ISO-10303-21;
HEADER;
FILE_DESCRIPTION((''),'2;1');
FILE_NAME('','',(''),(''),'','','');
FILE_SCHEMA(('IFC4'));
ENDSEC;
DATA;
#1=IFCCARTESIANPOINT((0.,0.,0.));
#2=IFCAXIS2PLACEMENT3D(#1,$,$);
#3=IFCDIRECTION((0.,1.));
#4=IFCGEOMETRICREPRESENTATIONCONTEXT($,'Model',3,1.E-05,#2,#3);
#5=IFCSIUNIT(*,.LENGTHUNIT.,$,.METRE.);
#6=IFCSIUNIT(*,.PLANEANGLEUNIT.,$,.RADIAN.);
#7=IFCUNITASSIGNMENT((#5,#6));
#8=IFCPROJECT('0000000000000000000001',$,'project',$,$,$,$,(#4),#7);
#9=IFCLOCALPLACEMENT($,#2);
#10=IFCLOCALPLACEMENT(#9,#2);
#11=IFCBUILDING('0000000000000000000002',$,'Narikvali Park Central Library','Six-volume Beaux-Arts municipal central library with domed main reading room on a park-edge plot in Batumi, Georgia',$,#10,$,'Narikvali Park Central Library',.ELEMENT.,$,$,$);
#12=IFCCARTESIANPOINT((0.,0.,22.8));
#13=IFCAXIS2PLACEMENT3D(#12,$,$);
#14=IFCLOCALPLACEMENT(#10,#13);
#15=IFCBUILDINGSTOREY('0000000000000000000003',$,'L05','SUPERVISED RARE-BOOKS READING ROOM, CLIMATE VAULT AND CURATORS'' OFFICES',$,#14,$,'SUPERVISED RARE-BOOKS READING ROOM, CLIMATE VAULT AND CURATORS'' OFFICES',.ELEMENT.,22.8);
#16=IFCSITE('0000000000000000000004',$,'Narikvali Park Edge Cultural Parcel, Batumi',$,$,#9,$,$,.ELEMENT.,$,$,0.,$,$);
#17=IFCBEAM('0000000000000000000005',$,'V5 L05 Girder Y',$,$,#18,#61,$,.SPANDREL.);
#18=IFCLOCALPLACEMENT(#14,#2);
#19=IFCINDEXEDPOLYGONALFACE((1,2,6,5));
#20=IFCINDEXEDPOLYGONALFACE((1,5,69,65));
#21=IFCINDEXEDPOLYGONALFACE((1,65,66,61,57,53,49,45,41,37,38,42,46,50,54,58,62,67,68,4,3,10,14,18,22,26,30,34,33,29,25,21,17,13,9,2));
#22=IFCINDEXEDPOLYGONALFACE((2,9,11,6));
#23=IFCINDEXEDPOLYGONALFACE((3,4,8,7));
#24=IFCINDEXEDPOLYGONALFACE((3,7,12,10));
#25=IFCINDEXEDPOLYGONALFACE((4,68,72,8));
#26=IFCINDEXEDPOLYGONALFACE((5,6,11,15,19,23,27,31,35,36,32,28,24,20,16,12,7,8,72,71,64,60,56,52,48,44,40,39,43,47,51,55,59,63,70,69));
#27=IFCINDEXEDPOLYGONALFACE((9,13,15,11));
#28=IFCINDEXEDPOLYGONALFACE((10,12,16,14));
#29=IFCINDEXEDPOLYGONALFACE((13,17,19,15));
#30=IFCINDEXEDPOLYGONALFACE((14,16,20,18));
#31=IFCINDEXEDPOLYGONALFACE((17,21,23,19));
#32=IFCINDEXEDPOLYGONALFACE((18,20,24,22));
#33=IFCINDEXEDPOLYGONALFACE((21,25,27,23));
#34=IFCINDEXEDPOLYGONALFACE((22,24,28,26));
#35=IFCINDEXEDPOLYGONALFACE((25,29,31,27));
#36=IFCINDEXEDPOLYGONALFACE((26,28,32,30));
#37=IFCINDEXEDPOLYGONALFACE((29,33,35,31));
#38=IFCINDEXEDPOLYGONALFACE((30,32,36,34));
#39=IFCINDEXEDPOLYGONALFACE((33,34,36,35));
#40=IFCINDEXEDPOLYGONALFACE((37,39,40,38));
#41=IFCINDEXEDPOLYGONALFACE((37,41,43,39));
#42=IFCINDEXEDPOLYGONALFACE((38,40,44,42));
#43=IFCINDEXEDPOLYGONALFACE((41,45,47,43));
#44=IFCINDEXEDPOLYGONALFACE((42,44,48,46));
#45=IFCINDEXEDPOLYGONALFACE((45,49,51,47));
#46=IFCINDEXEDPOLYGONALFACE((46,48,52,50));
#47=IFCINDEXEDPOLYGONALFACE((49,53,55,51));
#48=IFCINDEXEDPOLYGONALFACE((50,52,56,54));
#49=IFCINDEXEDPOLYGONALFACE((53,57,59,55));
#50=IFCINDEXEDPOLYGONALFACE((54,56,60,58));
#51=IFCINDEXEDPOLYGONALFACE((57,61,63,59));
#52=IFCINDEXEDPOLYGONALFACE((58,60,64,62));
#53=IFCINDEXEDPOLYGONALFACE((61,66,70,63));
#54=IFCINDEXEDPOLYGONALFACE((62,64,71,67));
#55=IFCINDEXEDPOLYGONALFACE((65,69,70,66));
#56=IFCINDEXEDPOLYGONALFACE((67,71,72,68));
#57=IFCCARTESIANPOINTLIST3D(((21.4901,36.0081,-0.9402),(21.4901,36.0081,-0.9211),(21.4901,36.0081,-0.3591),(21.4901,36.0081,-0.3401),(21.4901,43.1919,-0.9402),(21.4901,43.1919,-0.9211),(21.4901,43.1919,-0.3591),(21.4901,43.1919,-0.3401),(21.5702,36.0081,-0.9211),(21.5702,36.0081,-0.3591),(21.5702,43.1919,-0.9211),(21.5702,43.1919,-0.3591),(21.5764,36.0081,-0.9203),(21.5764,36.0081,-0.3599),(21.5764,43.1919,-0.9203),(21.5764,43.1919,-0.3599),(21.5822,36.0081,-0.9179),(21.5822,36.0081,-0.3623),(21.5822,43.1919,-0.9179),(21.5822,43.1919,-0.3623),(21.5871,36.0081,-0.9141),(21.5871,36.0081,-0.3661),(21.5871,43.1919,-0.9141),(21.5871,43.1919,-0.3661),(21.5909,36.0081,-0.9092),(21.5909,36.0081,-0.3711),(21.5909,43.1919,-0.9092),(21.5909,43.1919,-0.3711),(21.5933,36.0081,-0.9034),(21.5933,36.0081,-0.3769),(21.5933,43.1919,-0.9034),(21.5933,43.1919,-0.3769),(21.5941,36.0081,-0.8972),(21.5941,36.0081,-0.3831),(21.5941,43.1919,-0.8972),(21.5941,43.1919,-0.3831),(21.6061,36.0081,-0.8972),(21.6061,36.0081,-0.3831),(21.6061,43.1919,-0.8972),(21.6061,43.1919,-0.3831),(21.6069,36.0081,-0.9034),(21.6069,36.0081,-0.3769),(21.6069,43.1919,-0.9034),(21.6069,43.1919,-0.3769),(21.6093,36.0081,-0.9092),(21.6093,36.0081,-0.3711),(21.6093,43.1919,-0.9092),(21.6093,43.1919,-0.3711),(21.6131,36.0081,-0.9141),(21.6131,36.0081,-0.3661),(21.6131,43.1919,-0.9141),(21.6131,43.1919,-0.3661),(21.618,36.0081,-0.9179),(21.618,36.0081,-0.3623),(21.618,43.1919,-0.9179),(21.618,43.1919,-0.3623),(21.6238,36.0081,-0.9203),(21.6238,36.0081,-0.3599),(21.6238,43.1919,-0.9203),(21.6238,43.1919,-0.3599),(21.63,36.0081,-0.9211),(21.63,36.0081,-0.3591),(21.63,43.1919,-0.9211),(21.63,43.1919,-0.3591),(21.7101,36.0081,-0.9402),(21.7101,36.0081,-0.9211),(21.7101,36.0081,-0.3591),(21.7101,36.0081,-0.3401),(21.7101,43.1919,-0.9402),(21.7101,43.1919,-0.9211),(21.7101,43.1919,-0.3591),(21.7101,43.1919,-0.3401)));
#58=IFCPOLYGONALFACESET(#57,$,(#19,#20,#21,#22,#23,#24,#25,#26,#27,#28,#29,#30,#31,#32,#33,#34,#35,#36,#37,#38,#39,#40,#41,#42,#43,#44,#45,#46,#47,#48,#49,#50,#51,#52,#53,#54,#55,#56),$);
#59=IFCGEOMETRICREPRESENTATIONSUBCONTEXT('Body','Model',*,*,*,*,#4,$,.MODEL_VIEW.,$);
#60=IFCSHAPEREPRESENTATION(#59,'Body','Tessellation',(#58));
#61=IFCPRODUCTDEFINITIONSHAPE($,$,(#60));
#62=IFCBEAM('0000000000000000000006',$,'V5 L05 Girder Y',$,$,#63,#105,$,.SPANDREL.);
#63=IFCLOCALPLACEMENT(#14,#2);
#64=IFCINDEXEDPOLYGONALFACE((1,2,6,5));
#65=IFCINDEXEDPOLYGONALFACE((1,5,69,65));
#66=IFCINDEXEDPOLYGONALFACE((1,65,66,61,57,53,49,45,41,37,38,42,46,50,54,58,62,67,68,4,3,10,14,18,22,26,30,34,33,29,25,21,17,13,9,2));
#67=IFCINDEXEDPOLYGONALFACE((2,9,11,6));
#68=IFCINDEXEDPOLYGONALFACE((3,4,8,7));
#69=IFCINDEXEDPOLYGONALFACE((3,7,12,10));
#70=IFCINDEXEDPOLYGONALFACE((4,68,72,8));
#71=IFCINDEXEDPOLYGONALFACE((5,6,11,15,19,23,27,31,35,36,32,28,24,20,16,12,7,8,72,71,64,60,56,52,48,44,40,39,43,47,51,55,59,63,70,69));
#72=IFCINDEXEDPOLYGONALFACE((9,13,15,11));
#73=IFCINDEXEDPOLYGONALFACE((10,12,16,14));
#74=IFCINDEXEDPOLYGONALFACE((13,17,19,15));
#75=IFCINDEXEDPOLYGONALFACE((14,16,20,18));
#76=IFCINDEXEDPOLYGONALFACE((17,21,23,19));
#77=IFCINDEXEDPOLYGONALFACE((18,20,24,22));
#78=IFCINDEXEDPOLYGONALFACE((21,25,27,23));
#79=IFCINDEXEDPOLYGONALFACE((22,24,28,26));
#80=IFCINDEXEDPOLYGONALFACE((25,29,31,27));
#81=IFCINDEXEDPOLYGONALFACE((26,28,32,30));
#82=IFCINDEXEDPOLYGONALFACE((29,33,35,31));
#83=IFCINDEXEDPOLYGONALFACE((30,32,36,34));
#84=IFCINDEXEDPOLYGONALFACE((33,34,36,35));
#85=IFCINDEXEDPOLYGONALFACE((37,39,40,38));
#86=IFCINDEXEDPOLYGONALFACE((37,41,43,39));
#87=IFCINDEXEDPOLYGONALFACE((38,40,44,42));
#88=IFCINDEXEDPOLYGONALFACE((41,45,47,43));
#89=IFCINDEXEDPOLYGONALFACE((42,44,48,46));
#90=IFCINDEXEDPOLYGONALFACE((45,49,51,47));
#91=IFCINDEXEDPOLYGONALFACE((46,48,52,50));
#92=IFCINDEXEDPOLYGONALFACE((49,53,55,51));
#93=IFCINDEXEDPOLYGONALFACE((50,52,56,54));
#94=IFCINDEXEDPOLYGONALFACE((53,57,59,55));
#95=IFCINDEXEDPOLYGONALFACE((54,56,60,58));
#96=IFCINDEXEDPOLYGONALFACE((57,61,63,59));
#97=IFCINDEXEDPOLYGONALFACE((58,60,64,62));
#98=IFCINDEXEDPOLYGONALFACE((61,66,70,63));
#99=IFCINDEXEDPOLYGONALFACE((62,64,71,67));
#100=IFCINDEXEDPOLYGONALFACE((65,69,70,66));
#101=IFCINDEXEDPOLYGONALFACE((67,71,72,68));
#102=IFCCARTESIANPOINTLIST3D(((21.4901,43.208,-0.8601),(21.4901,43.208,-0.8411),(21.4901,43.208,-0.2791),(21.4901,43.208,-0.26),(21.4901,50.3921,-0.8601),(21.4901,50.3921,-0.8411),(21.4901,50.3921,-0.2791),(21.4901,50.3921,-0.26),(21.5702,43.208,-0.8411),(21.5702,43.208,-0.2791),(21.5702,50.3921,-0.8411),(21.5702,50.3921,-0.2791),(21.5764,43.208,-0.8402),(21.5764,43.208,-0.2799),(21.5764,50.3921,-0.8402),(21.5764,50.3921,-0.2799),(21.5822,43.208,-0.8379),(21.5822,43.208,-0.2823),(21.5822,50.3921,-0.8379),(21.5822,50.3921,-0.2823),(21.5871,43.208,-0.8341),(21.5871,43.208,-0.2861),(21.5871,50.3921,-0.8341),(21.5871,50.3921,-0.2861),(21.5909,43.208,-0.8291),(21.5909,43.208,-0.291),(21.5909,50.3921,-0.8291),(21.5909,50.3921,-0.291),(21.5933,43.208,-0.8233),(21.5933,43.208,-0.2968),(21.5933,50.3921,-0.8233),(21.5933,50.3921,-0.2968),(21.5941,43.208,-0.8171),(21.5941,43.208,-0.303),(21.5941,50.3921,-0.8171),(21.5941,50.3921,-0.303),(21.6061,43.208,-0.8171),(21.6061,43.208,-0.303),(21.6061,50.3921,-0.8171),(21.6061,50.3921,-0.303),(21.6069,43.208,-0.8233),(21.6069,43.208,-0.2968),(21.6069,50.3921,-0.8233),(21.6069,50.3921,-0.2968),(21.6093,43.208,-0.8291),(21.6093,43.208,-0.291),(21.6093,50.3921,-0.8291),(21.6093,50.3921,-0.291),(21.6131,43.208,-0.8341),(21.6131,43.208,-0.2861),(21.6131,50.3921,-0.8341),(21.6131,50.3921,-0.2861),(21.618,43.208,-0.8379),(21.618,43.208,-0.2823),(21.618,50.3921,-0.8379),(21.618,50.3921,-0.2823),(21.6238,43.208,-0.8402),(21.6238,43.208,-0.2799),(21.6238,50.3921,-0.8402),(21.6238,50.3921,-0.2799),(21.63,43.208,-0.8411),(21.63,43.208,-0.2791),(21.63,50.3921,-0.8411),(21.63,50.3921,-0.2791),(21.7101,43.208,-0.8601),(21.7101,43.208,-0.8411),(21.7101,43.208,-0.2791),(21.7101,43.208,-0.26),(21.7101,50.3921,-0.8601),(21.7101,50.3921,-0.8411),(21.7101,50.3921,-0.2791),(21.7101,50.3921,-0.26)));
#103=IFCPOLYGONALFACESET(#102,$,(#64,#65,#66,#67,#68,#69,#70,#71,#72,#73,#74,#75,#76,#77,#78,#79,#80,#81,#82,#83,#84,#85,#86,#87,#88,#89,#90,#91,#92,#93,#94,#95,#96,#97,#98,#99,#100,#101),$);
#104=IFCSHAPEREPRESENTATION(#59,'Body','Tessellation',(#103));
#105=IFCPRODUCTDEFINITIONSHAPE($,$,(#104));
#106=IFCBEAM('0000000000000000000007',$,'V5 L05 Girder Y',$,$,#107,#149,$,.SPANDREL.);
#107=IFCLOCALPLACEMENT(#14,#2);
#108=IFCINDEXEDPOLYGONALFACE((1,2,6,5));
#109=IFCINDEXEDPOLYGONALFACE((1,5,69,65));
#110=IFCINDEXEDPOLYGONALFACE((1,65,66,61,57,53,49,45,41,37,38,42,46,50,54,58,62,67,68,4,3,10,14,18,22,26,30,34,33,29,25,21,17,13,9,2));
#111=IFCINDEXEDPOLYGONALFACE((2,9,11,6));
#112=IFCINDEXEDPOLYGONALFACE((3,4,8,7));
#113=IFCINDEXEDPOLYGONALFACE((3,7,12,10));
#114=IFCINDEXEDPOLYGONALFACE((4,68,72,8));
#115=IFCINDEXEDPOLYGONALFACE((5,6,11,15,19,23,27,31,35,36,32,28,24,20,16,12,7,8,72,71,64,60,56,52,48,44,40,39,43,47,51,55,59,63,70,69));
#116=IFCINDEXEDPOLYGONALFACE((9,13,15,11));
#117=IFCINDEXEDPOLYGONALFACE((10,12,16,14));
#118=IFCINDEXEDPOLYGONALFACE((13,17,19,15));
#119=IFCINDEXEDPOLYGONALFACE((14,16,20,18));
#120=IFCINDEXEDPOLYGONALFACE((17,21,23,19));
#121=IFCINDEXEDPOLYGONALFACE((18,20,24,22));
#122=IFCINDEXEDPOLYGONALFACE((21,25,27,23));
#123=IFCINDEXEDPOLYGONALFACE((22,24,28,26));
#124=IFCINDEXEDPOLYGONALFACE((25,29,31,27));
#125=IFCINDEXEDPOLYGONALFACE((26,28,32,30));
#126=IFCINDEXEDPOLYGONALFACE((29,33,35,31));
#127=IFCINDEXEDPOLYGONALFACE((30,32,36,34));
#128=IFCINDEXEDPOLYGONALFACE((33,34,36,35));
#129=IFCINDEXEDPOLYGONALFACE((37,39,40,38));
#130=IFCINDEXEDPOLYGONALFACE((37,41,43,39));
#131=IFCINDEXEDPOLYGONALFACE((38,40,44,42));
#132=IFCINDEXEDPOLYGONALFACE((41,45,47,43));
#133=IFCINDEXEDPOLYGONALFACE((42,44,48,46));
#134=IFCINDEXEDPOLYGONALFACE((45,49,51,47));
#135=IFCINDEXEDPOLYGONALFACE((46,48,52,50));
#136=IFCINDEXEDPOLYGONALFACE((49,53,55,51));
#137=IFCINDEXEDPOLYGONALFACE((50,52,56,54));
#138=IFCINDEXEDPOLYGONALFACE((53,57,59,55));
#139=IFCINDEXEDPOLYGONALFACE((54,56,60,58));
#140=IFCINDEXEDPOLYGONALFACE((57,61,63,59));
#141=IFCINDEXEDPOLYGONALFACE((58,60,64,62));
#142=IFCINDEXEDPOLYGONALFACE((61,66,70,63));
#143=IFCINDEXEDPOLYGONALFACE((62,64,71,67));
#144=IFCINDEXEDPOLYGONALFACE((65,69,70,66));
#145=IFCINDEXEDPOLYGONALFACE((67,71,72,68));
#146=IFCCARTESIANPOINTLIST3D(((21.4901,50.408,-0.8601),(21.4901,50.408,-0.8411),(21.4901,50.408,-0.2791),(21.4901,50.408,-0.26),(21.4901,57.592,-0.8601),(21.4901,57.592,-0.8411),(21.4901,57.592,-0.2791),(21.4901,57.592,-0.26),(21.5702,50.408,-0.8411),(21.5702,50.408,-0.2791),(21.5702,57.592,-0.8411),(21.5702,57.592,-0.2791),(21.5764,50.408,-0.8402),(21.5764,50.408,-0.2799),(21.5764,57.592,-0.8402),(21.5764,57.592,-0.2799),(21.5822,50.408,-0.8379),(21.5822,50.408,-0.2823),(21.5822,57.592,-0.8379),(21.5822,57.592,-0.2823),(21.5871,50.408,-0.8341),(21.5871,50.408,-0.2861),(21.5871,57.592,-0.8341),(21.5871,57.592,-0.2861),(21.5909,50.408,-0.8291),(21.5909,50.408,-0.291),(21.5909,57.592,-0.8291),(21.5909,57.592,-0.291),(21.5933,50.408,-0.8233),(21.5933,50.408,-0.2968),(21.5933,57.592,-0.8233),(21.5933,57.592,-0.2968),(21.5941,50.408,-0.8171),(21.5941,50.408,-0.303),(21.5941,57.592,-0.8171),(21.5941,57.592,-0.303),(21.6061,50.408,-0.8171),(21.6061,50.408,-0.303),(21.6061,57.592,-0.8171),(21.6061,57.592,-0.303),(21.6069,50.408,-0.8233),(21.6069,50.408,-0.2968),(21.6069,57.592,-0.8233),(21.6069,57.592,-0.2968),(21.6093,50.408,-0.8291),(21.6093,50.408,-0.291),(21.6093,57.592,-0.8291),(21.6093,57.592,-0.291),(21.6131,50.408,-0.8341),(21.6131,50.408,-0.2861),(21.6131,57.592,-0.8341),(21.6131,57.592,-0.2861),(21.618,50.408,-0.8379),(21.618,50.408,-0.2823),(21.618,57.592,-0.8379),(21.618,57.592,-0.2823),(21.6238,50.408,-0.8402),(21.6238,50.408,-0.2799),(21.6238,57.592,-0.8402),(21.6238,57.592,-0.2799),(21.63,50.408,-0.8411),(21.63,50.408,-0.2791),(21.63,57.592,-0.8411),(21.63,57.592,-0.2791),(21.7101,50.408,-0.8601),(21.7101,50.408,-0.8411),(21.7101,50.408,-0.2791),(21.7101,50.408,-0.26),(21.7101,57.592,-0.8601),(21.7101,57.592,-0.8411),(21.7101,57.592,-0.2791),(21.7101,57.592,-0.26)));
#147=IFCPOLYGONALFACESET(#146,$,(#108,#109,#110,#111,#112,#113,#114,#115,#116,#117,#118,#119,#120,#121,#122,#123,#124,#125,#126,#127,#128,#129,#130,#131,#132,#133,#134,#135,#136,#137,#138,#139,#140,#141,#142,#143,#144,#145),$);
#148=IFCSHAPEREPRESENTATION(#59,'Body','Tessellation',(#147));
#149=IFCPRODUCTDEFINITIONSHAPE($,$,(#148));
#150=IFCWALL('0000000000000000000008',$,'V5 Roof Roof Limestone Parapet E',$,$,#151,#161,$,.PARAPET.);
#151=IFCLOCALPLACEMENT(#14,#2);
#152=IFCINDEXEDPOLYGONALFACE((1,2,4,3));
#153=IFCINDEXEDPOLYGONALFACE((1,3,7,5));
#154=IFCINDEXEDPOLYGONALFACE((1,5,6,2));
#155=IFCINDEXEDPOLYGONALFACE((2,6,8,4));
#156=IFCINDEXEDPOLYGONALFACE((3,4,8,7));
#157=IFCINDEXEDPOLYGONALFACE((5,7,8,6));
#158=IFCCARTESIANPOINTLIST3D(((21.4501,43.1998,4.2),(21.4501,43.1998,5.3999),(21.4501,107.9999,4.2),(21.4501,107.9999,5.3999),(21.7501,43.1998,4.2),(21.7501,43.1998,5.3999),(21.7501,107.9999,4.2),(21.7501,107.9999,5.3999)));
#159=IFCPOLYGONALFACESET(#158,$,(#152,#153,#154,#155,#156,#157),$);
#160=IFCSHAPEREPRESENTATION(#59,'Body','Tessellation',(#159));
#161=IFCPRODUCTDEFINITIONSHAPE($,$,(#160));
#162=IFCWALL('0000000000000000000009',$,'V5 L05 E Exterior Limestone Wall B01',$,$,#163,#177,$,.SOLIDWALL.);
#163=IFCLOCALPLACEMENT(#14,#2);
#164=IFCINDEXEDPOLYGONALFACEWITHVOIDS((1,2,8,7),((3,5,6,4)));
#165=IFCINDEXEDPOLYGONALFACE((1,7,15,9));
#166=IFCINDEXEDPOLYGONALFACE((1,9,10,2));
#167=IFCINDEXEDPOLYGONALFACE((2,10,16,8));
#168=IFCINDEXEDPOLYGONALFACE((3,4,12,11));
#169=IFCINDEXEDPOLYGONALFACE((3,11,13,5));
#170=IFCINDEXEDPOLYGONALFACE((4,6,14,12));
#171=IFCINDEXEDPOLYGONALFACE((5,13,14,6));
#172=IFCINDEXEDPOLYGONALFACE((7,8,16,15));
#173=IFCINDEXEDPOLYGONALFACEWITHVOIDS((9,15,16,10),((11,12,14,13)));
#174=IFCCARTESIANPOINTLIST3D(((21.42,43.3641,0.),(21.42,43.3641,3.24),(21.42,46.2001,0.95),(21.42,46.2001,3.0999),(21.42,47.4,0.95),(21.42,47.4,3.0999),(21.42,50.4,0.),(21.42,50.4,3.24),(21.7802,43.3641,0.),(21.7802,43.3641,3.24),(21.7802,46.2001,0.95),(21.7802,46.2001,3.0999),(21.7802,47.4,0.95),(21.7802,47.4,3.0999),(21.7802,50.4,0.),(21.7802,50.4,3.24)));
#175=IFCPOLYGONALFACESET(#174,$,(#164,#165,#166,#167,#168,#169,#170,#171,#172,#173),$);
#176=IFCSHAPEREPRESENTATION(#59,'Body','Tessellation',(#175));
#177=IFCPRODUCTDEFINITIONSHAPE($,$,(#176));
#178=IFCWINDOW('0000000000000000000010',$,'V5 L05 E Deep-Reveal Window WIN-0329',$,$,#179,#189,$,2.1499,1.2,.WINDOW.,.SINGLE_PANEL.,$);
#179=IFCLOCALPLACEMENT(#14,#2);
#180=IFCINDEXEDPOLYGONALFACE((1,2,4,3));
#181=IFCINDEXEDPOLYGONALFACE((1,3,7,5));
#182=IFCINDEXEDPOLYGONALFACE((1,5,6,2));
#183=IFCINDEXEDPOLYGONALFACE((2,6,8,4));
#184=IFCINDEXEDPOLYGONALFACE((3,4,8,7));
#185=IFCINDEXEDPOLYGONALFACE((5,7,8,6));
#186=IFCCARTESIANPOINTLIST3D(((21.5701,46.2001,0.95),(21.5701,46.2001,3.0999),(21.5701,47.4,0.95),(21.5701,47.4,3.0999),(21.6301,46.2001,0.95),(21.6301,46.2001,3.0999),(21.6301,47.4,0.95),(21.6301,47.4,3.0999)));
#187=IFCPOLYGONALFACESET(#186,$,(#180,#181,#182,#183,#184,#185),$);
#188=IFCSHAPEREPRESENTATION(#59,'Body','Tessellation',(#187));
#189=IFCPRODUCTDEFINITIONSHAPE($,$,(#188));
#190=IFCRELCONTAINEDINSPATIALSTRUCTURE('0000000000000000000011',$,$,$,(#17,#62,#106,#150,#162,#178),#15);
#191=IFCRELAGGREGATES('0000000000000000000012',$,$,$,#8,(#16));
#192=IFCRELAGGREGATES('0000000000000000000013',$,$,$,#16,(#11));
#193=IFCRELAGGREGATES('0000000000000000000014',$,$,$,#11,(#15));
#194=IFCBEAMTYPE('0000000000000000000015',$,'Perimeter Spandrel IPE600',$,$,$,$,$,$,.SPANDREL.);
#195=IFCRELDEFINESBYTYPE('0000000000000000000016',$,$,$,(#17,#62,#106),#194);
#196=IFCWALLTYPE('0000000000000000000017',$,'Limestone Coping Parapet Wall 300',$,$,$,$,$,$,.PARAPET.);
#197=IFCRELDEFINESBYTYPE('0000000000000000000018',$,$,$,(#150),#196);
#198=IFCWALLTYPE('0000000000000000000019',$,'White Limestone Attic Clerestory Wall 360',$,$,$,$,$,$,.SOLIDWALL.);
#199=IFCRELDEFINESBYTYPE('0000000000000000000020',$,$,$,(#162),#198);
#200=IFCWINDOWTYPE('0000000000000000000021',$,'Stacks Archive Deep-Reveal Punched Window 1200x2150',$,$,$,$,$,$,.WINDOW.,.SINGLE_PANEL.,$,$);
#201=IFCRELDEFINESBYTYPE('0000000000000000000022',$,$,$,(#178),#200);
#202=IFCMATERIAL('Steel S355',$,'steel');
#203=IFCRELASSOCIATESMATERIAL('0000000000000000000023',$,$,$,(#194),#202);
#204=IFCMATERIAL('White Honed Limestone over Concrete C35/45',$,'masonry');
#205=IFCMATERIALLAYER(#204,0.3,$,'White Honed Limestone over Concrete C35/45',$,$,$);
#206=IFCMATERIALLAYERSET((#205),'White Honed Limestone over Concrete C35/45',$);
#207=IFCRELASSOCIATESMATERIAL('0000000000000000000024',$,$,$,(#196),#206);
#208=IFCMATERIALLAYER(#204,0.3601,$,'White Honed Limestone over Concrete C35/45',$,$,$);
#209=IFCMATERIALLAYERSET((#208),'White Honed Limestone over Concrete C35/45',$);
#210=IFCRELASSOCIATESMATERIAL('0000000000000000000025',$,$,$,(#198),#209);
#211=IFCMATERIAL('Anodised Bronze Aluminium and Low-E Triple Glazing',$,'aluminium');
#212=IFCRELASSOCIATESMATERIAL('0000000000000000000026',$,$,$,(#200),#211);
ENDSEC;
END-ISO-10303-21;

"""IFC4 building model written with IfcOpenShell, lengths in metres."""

from ifc_helpers import new_model, si_unit, direction, frame, frame_2d, origin, origin_2d, place, context, subcontext, project, spatial, rectangle, i_section, extrude, material, layer, layer_set, material_profile, profile_set, type_object, element, fill, save


model = new_model("IFC4")

# Units and contexts
model_context = context("Model", 3, precision=1e-05, world=origin(), true_north=direction((0.0, 1.0)))
body_context = subcontext(model_context, "Body", "Model", "MODEL_VIEW")
ifc_project = project(units=[si_unit("LENGTHUNIT", "METRE"), si_unit("PLANEANGLEUNIT", "RADIAN")], contexts=[model_context])

# Site, building, storey
site_placement = place(None, origin())
site = spatial("IfcSite", under=ifc_project, at=site_placement, Name="Narikvali Park Edge Cultural Parcel, Batumi", CompositionType="ELEMENT", RefElevation=0.0)
building_placement = place(site_placement, origin())
building = spatial("IfcBuilding", under=site, at=building_placement, Name="Narikvali Park Central Library", Description="Six-volume Beaux-Arts municipal central library with domed main reading room on a park-edge plot in Batumi, Georgia", LongName="Narikvali Park Central Library", CompositionType="ELEMENT")
storey_placement = place(building_placement, frame((0.0, 0.0, 22.8)))
storey = spatial("IfcBuildingStorey", under=building, at=storey_placement, Name="L05", Description="SUPERVISED RARE-BOOKS READING ROOM, CLIMATE VAULT AND CURATORS' OFFICES", LongName="SUPERVISED RARE-BOOKS READING ROOM, CLIMATE VAULT AND CURATORS' OFFICES", CompositionType="ELEMENT", Elevation=22.8)

# Shared definitions
ifc_material_1 = material(Name="Steel S355", Category="steel")

# Beams
ifc_material_profile_1 = material_profile(ifc_material_1, i_section(OverallWidth=0.22, OverallDepth=0.6001, WebThickness=0.012, FlangeThickness=0.019, FilletRadius=0.0239, at=origin_2d()), Name="IPE 600")
ifc_profile_set_1 = profile_set([ifc_material_profile_1], Name="Steel S355")
beam_type_1 = type_object("IfcBeamType", Name="Perimeter Spandrel IPE600", PredefinedType="SPANDREL", material=ifc_profile_set_1)
beam_1_placement = place(storey_placement, frame((21.6001, 36.0081, -0.6401), z_axis=(0.0, 1.0, 0.0), x_axis=(-1.0, 0.0, 0.0)))
element("IfcBeam", 1, at=beam_1_placement, inside=storey, type_object=beam_type_1, Name="V5 L05 Girder Y", PredefinedType="SPANDREL", context=body_context, shape_type="SweptSolid", body=[
    extrude(i_section(OverallWidth=0.22, OverallDepth=0.6001, WebThickness=0.012, FlangeThickness=0.019, FilletRadius=0.0239, at=origin_2d()), origin(), (0.0, 0.0, 1.0), 7.1838),
])
for number, where, z_axis, x_axis, name in (
    (2, (21.6001, 43.208, -0.5601), (0.0, 1.0, 0.0), (-1.0, 0.0, 0.0), "V5 L05 Girder Y"),
    (3, (21.6001, 50.408, -0.5601), (0.0, 1.0, 0.0), (-1.0, 0.0, 0.0), "V5 L05 Girder Y"),
):
    element("IfcBeam", number, at=place(storey_placement, frame(where, z_axis=z_axis, x_axis=x_axis)), inside=storey, type_object=beam_type_1, Name=name, PredefinedType="SPANDREL", context=body_context, shape_type="SweptSolid", body=[
        extrude(i_section(OverallWidth=0.22, OverallDepth=0.6001, WebThickness=0.012, FlangeThickness=0.019, FilletRadius=0.0239, at=origin_2d()), origin(), (0.0, 0.0, 1.0), 7.1841),
    ])

# Wall
ifc_material_2 = material(Name="White Honed Limestone over Concrete C35/45", Category="masonry")
ifc_layer_1 = layer(ifc_material_2, 0.3, Name="White Honed Limestone over Concrete C35/45")
ifc_layer_set_1 = layer_set([ifc_layer_1], Name="White Honed Limestone over Concrete C35/45")
wall_type_1 = type_object("IfcWallType", Name="Limestone Coping Parapet Wall 300", PredefinedType="PARAPET", material=ifc_layer_set_1)
wall_1_placement = place(storey_placement, frame((21.6001, 43.2, 4.2), z_axis=(0.0, 0.0, 1.0), x_axis=(0.0, 1.0, 0.0)))
element("IfcWall", 4, at=wall_1_placement, inside=storey, type_object=wall_type_1, Name="V5 Roof Roof Limestone Parapet E", PredefinedType="PARAPET", context=body_context, shape_type="SweptSolid", body=[
    extrude(rectangle(XDim=64.8, YDim=0.3, at=frame_2d((32.3999, 0.0))), origin(), (0.0, 0.0, 1.0), 1.2),
])

# Wall, opening, window
ifc_layer_2 = layer(ifc_material_2, 0.3601, Name="White Honed Limestone over Concrete C35/45")
ifc_layer_set_2 = layer_set([ifc_layer_2], Name="White Honed Limestone over Concrete C35/45")
wall_type_2 = type_object("IfcWallType", Name="White Limestone Attic Clerestory Wall 360", PredefinedType="SOLIDWALL", material=ifc_layer_set_2)
wall_2_placement = place(storey_placement, frame((21.6001, 43.364, 0.0), z_axis=(0.0, 0.0, 1.0), x_axis=(0.0, 1.0, 0.0)))
wall_2 = element("IfcWall", 5, at=wall_2_placement, inside=storey, type_object=wall_type_2, Name="V5 L05 E Exterior Limestone Wall B01", PredefinedType="SOLIDWALL", context=body_context, shape_type="SweptSolid", body=[
    extrude(rectangle(XDim=7.0359, YDim=0.3601, at=frame_2d((3.5181, 0.0))), origin(), (0.0, 0.0, 1.0), 3.24),
])
opening_1_placement = place(wall_2_placement, frame((2.8359, 0.0, 0.95)))
opening_1 = element("IfcOpeningElement", 6, at=opening_1_placement, cuts=wall_2, PredefinedType="OPENING", context=body_context, shape_type="SweptSolid", body=[
    extrude(rectangle(XDim=1.2, YDim=2.1499, at=frame_2d((0.6001, 1.075))), frame((0.0, 0.1919, 0.0), z_axis=(0.0, -1.0, 0.0), x_axis=(1.0, 0.0, 0.0)), (0.0, 0.0, 1.0), 0.384),
])
ifc_material_3 = material(Name="Anodised Bronze Aluminium and Low-E Triple Glazing", Category="aluminium")
window_type = type_object("IfcWindowType", Name="Stacks Archive Deep-Reveal Punched Window 1200x2150", PartitioningType="SINGLE_PANEL", PredefinedType="WINDOW", material=ifc_material_3)
window_1_placement = place(opening_1_placement, origin())
window_1 = element("IfcWindow", 7, at=window_1_placement, inside=storey, type_object=window_type, Name="V5 L05 E Deep-Reveal Window WIN-0329", OverallHeight=2.1499, OverallWidth=1.2, PartitioningType="SINGLE_PANEL", PredefinedType="WINDOW", context=body_context, shape_type="SweptSolid", body=[
    extrude(rectangle(XDim=1.2, YDim=2.1499, at=frame_2d((0.6001, 1.075))), frame((0.0, 0.03, 0.0), z_axis=(0.0, -1.0, 0.0), x_axis=(1.0, 0.0, 0.0)), (0.0, 0.0, 1.0), 0.0601),
])
fill(opening_1, window_1)

save(model, "model.ifc")
